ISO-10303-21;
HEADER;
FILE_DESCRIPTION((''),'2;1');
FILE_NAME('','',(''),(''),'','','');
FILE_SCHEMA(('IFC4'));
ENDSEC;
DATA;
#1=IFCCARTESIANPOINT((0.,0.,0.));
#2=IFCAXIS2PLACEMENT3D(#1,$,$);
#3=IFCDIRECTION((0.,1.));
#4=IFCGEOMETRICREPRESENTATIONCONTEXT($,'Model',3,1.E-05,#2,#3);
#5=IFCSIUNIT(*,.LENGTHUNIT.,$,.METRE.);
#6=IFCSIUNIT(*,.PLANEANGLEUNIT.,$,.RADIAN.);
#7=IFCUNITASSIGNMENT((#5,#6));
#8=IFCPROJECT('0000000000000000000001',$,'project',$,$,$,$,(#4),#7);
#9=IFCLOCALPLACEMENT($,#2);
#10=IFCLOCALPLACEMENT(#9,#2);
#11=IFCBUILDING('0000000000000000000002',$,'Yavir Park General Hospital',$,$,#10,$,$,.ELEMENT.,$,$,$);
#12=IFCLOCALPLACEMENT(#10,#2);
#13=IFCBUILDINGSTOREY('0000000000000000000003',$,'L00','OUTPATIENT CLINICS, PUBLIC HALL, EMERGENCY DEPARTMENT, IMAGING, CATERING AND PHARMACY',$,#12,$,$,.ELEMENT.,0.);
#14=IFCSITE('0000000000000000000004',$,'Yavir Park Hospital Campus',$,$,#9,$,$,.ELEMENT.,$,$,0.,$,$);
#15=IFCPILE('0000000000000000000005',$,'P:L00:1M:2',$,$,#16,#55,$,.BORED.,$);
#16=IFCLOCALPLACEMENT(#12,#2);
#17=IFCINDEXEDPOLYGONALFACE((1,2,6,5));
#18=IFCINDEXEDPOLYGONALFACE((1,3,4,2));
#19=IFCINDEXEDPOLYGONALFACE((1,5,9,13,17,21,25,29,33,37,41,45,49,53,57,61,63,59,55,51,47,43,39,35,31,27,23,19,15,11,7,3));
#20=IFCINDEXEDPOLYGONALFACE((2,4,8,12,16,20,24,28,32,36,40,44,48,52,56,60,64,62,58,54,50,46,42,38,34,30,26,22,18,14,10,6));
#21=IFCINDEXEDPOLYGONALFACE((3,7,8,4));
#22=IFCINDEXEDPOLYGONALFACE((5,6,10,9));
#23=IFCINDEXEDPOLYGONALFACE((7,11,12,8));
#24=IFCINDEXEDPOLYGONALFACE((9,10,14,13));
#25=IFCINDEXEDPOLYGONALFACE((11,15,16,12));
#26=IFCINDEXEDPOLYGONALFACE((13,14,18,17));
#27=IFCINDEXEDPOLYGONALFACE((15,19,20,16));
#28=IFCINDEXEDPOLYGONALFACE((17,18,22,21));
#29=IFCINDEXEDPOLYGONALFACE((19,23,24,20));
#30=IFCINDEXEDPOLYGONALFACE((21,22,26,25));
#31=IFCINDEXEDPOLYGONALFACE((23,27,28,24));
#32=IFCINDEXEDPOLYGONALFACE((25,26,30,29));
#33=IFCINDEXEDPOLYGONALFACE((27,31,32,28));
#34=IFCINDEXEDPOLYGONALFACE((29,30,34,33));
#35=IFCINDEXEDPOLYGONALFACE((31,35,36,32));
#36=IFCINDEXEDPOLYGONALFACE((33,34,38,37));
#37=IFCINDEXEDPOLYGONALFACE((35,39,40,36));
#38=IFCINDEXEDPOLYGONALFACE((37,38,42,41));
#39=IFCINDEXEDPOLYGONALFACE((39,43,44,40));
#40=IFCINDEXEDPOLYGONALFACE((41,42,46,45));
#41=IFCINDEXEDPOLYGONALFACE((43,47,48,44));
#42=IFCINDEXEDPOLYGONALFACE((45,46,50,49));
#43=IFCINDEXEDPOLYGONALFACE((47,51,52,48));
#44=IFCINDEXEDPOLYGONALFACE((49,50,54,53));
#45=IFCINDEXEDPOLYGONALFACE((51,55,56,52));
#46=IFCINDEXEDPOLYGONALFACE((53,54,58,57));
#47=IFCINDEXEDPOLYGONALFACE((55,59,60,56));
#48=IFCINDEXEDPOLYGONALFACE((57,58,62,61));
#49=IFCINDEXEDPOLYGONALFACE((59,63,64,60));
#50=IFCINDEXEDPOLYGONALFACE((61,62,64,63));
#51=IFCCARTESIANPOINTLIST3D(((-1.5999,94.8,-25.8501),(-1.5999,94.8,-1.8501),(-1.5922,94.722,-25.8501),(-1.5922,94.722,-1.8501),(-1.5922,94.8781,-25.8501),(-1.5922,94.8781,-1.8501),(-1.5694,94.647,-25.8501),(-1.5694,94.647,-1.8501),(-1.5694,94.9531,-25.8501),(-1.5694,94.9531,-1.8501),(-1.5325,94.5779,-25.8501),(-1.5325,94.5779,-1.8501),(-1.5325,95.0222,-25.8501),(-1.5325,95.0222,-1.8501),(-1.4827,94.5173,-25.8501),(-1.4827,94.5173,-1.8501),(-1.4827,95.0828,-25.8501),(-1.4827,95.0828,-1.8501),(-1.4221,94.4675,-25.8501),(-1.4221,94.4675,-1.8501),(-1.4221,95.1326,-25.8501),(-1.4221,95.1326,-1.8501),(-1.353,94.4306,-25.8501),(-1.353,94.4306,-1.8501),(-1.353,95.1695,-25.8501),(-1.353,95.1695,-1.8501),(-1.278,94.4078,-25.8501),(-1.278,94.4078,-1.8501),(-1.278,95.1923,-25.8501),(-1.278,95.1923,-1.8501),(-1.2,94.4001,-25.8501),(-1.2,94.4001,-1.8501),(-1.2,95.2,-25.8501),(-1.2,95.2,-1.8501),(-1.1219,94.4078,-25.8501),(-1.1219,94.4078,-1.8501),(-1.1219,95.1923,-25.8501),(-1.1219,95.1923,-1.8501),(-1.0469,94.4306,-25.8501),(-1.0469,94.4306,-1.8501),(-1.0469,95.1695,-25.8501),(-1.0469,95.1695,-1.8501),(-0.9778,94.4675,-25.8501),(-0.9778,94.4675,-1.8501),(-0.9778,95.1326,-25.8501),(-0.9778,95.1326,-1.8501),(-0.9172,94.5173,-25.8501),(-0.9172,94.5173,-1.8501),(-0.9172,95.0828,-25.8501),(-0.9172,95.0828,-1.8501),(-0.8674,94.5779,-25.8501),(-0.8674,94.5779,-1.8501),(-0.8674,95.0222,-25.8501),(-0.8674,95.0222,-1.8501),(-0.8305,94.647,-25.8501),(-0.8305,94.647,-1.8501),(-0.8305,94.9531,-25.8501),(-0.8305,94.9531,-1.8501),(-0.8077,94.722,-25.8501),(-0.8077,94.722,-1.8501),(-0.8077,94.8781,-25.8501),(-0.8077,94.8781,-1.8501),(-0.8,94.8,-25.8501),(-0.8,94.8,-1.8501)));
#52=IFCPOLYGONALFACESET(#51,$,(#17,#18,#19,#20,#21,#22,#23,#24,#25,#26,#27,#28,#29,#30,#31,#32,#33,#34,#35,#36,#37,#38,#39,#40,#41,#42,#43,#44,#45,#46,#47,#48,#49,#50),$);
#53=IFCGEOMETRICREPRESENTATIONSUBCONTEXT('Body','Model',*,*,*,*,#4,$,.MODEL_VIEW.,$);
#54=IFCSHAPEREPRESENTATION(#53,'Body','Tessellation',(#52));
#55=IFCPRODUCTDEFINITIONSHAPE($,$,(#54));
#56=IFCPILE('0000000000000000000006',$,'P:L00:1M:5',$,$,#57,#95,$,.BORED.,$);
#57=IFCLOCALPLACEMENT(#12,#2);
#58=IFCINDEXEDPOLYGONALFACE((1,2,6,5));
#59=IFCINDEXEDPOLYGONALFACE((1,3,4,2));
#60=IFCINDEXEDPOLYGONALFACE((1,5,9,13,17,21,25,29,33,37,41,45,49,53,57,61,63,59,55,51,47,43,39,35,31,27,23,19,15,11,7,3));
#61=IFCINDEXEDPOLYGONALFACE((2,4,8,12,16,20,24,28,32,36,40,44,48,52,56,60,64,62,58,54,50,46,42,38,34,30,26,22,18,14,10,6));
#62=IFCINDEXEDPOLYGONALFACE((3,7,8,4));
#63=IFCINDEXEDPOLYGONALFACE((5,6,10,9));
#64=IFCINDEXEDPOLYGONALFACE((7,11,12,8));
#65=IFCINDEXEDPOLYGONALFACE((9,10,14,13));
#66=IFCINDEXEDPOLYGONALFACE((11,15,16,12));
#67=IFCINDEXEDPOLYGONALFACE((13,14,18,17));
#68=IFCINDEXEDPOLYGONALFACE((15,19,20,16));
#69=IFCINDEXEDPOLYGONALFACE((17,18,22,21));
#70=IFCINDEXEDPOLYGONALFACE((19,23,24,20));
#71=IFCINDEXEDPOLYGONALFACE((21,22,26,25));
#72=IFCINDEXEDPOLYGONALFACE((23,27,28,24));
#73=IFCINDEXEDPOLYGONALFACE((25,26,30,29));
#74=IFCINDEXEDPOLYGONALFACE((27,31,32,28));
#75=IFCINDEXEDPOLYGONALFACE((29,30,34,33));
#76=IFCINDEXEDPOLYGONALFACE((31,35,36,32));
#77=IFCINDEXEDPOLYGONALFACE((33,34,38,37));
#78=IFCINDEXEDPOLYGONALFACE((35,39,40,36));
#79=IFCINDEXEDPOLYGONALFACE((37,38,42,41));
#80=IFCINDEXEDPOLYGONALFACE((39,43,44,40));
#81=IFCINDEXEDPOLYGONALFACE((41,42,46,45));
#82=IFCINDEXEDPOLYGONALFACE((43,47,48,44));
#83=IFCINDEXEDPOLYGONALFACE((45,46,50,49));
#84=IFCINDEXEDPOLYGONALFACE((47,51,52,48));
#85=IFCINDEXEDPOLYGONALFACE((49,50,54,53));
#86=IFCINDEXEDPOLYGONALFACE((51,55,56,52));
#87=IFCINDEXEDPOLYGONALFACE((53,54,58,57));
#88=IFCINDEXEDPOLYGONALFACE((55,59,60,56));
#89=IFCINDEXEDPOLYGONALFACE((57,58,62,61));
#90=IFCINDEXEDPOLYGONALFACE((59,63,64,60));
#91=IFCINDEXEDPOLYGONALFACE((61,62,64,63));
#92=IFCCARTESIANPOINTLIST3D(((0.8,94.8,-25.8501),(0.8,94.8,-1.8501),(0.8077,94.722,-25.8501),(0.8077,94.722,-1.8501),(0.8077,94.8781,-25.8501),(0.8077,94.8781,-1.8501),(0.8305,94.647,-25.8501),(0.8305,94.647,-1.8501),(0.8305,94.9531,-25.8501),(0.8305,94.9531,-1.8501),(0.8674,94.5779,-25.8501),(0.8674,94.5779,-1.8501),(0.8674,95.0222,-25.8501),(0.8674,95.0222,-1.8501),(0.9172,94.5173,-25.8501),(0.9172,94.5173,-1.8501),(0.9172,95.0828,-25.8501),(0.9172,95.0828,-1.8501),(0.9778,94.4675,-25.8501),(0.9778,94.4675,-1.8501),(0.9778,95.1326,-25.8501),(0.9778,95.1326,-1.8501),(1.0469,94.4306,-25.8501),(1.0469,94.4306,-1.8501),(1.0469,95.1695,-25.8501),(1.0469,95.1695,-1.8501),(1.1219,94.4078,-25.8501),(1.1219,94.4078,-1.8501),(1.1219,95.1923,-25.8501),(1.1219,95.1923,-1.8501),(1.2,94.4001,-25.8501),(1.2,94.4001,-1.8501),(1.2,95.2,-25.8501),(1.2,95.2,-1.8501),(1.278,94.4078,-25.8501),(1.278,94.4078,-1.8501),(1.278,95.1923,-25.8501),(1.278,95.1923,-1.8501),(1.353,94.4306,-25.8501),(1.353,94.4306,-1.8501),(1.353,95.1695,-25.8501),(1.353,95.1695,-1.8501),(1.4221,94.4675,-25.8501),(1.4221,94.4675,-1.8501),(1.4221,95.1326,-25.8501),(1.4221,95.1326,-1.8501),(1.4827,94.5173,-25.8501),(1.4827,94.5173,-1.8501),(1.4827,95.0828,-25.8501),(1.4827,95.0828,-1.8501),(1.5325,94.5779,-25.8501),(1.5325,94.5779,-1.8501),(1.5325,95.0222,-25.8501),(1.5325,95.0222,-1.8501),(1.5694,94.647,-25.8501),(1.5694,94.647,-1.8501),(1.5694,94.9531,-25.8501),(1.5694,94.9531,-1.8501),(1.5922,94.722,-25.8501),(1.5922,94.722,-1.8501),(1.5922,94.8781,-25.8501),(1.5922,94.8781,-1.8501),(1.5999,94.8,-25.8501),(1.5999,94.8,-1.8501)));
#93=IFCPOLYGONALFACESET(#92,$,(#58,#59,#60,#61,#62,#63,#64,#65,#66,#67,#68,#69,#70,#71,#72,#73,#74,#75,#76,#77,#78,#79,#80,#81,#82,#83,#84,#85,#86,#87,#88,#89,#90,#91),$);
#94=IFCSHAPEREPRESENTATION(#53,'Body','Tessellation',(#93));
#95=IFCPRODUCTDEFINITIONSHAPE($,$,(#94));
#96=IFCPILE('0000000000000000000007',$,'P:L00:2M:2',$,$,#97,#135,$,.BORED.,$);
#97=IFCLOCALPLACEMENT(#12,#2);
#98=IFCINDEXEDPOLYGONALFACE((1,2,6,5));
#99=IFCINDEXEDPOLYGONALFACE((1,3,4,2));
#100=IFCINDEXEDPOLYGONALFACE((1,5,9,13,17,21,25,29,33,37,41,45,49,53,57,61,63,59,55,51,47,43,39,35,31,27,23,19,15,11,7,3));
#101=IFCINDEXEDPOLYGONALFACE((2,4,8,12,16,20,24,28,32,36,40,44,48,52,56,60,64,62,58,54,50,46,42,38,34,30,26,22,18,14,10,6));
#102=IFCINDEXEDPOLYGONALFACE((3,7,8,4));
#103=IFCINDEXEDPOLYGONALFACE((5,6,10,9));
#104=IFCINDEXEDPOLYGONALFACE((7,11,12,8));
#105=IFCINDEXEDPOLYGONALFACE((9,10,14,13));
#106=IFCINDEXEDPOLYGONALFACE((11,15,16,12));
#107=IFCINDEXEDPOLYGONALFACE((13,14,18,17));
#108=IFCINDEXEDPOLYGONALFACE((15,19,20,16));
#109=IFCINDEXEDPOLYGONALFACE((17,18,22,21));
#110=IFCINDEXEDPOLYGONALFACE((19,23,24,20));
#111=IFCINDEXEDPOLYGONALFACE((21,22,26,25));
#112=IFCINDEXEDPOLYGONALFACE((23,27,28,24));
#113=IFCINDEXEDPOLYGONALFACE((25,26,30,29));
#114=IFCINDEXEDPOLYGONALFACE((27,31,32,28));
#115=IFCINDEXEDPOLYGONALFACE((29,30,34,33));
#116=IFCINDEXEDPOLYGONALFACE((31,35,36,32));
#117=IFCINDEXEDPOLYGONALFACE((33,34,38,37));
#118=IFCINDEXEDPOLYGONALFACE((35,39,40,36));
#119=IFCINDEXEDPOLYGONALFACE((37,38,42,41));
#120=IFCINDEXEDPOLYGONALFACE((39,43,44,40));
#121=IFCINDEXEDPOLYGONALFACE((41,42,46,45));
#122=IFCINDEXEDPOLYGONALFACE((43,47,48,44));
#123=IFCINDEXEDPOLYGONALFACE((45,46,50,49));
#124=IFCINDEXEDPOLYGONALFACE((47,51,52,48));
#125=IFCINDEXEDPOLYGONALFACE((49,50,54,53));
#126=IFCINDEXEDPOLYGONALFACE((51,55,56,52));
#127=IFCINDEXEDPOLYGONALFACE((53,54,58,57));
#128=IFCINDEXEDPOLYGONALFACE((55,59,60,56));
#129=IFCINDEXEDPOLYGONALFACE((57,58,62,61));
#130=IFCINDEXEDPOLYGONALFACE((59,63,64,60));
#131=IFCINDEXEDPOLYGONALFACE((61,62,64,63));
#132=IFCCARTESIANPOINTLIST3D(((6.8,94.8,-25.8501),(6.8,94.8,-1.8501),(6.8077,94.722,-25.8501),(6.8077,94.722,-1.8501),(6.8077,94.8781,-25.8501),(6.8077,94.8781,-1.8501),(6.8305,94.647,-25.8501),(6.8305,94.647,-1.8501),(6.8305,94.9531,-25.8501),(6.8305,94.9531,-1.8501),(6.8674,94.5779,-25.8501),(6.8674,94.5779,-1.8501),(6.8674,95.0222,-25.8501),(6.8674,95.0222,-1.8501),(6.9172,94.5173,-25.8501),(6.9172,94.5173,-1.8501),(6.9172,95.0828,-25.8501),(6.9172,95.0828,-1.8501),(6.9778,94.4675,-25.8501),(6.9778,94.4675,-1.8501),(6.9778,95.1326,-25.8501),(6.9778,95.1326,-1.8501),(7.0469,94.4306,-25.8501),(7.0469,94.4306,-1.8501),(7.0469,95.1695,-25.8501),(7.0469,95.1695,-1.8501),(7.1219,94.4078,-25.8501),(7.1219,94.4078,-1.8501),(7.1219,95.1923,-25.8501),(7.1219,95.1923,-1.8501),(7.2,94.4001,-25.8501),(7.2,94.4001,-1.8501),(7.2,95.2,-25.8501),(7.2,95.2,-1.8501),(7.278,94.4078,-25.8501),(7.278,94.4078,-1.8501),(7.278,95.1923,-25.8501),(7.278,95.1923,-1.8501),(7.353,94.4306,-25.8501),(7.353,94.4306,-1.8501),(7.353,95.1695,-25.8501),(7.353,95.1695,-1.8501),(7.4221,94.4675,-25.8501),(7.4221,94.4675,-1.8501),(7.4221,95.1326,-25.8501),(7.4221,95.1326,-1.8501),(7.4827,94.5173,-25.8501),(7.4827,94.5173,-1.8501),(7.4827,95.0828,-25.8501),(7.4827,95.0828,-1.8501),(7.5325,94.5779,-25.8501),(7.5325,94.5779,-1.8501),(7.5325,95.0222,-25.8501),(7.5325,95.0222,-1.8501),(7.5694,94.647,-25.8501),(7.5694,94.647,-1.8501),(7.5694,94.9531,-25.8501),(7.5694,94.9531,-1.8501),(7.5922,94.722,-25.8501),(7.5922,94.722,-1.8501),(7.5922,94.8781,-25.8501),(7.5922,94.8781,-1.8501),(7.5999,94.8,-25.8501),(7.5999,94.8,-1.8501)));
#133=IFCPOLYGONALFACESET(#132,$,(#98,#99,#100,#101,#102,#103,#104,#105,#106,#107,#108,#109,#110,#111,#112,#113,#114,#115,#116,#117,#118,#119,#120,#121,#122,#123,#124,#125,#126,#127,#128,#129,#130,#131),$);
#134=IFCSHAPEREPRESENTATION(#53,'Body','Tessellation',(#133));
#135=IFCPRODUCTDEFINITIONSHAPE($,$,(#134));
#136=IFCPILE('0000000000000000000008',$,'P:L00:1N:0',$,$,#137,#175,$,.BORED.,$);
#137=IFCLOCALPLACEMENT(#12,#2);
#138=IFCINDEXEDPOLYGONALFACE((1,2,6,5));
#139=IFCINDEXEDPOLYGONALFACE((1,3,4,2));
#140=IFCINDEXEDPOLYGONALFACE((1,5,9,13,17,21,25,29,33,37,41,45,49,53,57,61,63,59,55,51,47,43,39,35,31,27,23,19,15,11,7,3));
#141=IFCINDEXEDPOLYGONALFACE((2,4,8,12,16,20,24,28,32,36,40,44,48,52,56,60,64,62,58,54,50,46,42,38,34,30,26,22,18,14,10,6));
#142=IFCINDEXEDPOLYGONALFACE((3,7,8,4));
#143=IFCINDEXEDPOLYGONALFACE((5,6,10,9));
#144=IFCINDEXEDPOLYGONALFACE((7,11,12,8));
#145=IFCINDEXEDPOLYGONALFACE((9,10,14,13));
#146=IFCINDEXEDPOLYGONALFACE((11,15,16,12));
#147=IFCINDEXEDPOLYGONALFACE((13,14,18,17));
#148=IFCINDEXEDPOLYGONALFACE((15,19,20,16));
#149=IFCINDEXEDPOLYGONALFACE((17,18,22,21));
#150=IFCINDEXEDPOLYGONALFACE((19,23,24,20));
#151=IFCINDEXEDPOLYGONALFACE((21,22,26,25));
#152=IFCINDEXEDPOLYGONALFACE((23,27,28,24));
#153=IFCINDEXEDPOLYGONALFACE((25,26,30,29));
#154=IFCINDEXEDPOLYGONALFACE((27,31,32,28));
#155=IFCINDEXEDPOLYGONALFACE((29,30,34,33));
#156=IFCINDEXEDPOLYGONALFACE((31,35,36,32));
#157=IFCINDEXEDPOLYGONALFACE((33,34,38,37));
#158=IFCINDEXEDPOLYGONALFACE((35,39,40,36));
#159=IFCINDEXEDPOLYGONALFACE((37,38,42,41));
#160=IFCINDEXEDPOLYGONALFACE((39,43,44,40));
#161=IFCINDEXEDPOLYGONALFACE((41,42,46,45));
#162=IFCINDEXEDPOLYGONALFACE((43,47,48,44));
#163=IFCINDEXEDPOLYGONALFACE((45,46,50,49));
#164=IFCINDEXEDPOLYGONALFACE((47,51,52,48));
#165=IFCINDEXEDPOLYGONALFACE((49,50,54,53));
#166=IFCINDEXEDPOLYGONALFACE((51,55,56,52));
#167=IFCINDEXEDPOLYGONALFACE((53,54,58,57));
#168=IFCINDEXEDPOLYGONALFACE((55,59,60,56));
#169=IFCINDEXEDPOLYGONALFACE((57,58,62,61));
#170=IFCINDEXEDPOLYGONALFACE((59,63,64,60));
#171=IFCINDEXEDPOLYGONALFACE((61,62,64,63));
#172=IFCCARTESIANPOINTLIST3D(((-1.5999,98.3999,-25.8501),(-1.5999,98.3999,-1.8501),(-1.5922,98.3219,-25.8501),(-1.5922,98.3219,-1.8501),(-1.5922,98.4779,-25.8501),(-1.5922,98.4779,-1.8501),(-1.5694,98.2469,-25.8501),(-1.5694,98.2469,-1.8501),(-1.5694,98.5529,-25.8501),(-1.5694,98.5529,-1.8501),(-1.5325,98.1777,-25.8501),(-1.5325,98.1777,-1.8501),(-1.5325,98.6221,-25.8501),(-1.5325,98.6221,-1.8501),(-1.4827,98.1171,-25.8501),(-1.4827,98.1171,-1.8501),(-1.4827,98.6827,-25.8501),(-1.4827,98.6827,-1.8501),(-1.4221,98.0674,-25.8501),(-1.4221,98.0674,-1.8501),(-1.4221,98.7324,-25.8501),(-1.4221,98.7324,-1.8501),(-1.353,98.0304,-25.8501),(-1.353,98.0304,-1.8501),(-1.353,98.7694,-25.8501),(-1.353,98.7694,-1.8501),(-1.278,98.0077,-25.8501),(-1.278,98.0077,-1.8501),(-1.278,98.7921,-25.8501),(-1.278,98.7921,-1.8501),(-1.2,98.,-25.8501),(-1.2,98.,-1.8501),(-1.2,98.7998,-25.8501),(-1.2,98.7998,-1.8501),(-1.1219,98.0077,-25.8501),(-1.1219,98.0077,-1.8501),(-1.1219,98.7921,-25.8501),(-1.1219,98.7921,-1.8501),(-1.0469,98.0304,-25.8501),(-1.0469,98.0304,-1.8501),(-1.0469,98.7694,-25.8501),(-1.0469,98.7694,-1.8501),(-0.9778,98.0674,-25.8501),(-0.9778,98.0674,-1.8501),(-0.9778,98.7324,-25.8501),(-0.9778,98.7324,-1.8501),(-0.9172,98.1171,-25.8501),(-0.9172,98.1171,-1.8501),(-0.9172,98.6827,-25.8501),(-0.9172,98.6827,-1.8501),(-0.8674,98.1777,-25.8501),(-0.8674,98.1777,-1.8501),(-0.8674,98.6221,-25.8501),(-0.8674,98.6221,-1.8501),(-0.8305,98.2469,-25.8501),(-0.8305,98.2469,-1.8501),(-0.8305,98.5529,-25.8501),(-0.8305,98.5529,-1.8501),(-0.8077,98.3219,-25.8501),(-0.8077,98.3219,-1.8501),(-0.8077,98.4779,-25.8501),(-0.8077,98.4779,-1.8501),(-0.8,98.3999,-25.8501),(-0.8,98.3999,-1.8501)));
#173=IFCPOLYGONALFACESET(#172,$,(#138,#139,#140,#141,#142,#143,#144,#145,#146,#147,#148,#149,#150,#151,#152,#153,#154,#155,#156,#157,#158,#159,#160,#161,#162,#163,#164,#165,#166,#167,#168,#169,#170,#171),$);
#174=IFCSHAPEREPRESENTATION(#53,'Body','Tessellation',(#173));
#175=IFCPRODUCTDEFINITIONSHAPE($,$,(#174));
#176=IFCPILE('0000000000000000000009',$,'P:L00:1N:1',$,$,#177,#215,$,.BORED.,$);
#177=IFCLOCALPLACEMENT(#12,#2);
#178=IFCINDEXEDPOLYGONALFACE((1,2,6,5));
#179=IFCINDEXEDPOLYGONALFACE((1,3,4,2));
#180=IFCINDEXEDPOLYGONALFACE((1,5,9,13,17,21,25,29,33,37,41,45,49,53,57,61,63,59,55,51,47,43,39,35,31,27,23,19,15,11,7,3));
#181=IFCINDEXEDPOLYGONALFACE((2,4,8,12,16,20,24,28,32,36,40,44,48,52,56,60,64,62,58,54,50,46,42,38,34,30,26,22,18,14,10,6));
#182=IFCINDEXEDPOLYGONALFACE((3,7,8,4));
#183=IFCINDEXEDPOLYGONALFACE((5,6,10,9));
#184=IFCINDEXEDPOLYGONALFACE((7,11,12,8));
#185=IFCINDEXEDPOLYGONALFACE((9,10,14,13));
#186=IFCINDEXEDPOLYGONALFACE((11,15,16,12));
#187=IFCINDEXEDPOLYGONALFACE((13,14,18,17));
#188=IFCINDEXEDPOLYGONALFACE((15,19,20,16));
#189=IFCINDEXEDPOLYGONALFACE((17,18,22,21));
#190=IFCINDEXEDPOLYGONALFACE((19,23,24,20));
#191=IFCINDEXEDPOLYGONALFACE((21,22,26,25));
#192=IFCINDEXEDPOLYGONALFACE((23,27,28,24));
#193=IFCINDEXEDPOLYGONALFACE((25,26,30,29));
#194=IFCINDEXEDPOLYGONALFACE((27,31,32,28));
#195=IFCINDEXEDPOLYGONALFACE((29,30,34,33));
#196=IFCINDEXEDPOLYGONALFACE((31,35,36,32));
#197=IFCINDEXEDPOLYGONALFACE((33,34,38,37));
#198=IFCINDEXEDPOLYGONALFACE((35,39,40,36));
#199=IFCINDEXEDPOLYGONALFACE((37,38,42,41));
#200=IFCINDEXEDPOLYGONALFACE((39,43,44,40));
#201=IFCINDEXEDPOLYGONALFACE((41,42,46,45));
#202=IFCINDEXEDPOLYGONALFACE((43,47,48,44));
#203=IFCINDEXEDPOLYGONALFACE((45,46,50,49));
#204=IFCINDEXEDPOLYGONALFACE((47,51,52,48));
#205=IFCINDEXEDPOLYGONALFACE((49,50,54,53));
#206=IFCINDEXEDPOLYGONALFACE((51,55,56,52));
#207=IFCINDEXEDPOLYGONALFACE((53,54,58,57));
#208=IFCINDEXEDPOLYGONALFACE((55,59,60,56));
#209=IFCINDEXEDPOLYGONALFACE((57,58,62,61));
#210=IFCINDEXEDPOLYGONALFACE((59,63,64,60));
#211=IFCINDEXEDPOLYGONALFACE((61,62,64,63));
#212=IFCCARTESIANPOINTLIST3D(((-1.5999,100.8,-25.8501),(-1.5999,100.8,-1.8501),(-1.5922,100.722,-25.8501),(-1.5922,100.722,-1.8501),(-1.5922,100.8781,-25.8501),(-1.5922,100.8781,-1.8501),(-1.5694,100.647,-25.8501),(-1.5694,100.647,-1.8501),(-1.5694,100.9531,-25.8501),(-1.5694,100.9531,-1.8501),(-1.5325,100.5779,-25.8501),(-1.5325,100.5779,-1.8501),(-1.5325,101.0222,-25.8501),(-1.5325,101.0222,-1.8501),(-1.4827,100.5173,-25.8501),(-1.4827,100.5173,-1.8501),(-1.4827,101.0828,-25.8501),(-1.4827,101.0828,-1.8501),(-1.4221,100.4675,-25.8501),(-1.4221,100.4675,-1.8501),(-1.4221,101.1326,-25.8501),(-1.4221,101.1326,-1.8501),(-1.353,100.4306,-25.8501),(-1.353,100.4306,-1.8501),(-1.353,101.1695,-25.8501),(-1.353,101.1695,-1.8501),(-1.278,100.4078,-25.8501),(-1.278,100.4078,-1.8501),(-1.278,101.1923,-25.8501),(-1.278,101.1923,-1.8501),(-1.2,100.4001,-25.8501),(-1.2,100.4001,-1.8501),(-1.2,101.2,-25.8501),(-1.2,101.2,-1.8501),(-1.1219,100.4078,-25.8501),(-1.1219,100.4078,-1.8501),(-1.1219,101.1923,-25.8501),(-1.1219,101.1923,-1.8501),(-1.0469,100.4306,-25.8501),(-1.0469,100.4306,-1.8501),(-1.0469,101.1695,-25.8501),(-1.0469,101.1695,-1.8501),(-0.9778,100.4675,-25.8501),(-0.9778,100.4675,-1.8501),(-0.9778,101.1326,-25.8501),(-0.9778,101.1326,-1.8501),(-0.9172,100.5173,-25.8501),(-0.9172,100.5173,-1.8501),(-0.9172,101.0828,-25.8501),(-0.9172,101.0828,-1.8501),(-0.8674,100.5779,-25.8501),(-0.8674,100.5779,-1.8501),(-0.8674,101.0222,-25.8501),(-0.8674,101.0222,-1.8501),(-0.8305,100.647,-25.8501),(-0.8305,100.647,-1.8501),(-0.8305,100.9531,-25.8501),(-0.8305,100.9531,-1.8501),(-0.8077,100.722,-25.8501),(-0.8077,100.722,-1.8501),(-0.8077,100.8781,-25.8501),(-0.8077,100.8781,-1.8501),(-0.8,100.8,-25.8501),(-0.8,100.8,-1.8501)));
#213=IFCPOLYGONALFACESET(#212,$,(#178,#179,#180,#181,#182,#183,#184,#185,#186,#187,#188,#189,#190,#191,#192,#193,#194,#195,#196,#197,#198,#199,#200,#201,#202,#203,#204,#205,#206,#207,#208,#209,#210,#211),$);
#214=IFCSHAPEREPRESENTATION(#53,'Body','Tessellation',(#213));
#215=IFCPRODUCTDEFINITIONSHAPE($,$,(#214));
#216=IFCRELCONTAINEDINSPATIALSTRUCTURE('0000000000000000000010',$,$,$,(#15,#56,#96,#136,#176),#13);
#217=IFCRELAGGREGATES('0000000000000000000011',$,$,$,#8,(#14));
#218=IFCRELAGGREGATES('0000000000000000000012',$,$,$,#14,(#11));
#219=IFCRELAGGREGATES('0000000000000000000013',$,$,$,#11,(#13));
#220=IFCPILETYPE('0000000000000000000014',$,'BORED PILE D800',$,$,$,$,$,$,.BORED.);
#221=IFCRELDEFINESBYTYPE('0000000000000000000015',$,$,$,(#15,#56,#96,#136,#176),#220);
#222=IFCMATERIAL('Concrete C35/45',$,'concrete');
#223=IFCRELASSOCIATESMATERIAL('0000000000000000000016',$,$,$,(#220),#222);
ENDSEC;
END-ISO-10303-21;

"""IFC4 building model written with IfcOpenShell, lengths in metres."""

from ifc_helpers import new_model, si_unit, direction, frame, origin, origin_2d, place, context, subcontext, project, spatial, circle, extrude, material, material_profile, profile_set, type_object, element, save


model = new_model("IFC4")

# Units and contexts
model_context = context("Model", 3, precision=1e-05, world=origin(), true_north=direction((0.0, 1.0)))
body_context = subcontext(model_context, "Body", "Model", "MODEL_VIEW")
ifc_project = project(units=[si_unit("LENGTHUNIT", "METRE"), si_unit("PLANEANGLEUNIT", "RADIAN")], contexts=[model_context])

# Site, building, storey
site_placement = place(None, origin())
site = spatial("IfcSite", under=ifc_project, at=site_placement, Name="Yavir Park Hospital Campus", CompositionType="ELEMENT", RefElevation=0.0)
building_placement = place(site_placement, origin())
building = spatial("IfcBuilding", under=site, at=building_placement, Name="Yavir Park General Hospital", CompositionType="ELEMENT")
storey_placement = place(building_placement, origin())
storey = spatial("IfcBuildingStorey", under=building, at=storey_placement, Name="L00", Description="OUTPATIENT CLINICS, PUBLIC HALL, EMERGENCY DEPARTMENT, IMAGING, CATERING AND PHARMACY", CompositionType="ELEMENT", Elevation=0.0)

# Piles
ifc_material_1 = material(Name="Concrete C35/45", Category="concrete")
ifc_material_profile_1 = material_profile(ifc_material_1, circle(Radius=0.3999, at=origin_2d()), Name="D800")
ifc_profile_set_1 = profile_set([ifc_material_profile_1], Name="Concrete C35/45")
pile_type = type_object("IfcPileType", Name="BORED PILE D800", PredefinedType="BORED", material=ifc_profile_set_1)
for number, where, z_axis, x_axis, name in (
    (1, (-1.2, 94.8, -1.8501), (0.0, 0.0, -1.0), (1.0, 0.0, 0.0), "P:L00:1M:2"),
    (2, (1.2, 94.8, -1.8501), (0.0, 0.0, -1.0), (1.0, 0.0, 0.0), "P:L00:1M:5"),
    (3, (7.2, 94.8, -1.8501), (0.0, 0.0, -1.0), (1.0, 0.0, 0.0), "P:L00:2M:2"),
    (4, (-1.2, 98.3999, -1.8501), (0.0, 0.0, -1.0), (1.0, 0.0, 0.0), "P:L00:1N:0"),
    (5, (-1.2, 100.8, -1.8501), (0.0, 0.0, -1.0), (1.0, 0.0, 0.0), "P:L00:1N:1"),
):
    element("IfcPile", number, at=place(storey_placement, frame(where, z_axis=z_axis, x_axis=x_axis)), inside=storey, type_object=pile_type, Name=name, PredefinedType="BORED", context=body_context, shape_type="SweptSolid", body=[
        extrude(circle(Radius=0.3999, at=origin_2d()), origin(), (0.0, 0.0, 1.0), 24.0),
    ])

save(model, "model.ifc")
